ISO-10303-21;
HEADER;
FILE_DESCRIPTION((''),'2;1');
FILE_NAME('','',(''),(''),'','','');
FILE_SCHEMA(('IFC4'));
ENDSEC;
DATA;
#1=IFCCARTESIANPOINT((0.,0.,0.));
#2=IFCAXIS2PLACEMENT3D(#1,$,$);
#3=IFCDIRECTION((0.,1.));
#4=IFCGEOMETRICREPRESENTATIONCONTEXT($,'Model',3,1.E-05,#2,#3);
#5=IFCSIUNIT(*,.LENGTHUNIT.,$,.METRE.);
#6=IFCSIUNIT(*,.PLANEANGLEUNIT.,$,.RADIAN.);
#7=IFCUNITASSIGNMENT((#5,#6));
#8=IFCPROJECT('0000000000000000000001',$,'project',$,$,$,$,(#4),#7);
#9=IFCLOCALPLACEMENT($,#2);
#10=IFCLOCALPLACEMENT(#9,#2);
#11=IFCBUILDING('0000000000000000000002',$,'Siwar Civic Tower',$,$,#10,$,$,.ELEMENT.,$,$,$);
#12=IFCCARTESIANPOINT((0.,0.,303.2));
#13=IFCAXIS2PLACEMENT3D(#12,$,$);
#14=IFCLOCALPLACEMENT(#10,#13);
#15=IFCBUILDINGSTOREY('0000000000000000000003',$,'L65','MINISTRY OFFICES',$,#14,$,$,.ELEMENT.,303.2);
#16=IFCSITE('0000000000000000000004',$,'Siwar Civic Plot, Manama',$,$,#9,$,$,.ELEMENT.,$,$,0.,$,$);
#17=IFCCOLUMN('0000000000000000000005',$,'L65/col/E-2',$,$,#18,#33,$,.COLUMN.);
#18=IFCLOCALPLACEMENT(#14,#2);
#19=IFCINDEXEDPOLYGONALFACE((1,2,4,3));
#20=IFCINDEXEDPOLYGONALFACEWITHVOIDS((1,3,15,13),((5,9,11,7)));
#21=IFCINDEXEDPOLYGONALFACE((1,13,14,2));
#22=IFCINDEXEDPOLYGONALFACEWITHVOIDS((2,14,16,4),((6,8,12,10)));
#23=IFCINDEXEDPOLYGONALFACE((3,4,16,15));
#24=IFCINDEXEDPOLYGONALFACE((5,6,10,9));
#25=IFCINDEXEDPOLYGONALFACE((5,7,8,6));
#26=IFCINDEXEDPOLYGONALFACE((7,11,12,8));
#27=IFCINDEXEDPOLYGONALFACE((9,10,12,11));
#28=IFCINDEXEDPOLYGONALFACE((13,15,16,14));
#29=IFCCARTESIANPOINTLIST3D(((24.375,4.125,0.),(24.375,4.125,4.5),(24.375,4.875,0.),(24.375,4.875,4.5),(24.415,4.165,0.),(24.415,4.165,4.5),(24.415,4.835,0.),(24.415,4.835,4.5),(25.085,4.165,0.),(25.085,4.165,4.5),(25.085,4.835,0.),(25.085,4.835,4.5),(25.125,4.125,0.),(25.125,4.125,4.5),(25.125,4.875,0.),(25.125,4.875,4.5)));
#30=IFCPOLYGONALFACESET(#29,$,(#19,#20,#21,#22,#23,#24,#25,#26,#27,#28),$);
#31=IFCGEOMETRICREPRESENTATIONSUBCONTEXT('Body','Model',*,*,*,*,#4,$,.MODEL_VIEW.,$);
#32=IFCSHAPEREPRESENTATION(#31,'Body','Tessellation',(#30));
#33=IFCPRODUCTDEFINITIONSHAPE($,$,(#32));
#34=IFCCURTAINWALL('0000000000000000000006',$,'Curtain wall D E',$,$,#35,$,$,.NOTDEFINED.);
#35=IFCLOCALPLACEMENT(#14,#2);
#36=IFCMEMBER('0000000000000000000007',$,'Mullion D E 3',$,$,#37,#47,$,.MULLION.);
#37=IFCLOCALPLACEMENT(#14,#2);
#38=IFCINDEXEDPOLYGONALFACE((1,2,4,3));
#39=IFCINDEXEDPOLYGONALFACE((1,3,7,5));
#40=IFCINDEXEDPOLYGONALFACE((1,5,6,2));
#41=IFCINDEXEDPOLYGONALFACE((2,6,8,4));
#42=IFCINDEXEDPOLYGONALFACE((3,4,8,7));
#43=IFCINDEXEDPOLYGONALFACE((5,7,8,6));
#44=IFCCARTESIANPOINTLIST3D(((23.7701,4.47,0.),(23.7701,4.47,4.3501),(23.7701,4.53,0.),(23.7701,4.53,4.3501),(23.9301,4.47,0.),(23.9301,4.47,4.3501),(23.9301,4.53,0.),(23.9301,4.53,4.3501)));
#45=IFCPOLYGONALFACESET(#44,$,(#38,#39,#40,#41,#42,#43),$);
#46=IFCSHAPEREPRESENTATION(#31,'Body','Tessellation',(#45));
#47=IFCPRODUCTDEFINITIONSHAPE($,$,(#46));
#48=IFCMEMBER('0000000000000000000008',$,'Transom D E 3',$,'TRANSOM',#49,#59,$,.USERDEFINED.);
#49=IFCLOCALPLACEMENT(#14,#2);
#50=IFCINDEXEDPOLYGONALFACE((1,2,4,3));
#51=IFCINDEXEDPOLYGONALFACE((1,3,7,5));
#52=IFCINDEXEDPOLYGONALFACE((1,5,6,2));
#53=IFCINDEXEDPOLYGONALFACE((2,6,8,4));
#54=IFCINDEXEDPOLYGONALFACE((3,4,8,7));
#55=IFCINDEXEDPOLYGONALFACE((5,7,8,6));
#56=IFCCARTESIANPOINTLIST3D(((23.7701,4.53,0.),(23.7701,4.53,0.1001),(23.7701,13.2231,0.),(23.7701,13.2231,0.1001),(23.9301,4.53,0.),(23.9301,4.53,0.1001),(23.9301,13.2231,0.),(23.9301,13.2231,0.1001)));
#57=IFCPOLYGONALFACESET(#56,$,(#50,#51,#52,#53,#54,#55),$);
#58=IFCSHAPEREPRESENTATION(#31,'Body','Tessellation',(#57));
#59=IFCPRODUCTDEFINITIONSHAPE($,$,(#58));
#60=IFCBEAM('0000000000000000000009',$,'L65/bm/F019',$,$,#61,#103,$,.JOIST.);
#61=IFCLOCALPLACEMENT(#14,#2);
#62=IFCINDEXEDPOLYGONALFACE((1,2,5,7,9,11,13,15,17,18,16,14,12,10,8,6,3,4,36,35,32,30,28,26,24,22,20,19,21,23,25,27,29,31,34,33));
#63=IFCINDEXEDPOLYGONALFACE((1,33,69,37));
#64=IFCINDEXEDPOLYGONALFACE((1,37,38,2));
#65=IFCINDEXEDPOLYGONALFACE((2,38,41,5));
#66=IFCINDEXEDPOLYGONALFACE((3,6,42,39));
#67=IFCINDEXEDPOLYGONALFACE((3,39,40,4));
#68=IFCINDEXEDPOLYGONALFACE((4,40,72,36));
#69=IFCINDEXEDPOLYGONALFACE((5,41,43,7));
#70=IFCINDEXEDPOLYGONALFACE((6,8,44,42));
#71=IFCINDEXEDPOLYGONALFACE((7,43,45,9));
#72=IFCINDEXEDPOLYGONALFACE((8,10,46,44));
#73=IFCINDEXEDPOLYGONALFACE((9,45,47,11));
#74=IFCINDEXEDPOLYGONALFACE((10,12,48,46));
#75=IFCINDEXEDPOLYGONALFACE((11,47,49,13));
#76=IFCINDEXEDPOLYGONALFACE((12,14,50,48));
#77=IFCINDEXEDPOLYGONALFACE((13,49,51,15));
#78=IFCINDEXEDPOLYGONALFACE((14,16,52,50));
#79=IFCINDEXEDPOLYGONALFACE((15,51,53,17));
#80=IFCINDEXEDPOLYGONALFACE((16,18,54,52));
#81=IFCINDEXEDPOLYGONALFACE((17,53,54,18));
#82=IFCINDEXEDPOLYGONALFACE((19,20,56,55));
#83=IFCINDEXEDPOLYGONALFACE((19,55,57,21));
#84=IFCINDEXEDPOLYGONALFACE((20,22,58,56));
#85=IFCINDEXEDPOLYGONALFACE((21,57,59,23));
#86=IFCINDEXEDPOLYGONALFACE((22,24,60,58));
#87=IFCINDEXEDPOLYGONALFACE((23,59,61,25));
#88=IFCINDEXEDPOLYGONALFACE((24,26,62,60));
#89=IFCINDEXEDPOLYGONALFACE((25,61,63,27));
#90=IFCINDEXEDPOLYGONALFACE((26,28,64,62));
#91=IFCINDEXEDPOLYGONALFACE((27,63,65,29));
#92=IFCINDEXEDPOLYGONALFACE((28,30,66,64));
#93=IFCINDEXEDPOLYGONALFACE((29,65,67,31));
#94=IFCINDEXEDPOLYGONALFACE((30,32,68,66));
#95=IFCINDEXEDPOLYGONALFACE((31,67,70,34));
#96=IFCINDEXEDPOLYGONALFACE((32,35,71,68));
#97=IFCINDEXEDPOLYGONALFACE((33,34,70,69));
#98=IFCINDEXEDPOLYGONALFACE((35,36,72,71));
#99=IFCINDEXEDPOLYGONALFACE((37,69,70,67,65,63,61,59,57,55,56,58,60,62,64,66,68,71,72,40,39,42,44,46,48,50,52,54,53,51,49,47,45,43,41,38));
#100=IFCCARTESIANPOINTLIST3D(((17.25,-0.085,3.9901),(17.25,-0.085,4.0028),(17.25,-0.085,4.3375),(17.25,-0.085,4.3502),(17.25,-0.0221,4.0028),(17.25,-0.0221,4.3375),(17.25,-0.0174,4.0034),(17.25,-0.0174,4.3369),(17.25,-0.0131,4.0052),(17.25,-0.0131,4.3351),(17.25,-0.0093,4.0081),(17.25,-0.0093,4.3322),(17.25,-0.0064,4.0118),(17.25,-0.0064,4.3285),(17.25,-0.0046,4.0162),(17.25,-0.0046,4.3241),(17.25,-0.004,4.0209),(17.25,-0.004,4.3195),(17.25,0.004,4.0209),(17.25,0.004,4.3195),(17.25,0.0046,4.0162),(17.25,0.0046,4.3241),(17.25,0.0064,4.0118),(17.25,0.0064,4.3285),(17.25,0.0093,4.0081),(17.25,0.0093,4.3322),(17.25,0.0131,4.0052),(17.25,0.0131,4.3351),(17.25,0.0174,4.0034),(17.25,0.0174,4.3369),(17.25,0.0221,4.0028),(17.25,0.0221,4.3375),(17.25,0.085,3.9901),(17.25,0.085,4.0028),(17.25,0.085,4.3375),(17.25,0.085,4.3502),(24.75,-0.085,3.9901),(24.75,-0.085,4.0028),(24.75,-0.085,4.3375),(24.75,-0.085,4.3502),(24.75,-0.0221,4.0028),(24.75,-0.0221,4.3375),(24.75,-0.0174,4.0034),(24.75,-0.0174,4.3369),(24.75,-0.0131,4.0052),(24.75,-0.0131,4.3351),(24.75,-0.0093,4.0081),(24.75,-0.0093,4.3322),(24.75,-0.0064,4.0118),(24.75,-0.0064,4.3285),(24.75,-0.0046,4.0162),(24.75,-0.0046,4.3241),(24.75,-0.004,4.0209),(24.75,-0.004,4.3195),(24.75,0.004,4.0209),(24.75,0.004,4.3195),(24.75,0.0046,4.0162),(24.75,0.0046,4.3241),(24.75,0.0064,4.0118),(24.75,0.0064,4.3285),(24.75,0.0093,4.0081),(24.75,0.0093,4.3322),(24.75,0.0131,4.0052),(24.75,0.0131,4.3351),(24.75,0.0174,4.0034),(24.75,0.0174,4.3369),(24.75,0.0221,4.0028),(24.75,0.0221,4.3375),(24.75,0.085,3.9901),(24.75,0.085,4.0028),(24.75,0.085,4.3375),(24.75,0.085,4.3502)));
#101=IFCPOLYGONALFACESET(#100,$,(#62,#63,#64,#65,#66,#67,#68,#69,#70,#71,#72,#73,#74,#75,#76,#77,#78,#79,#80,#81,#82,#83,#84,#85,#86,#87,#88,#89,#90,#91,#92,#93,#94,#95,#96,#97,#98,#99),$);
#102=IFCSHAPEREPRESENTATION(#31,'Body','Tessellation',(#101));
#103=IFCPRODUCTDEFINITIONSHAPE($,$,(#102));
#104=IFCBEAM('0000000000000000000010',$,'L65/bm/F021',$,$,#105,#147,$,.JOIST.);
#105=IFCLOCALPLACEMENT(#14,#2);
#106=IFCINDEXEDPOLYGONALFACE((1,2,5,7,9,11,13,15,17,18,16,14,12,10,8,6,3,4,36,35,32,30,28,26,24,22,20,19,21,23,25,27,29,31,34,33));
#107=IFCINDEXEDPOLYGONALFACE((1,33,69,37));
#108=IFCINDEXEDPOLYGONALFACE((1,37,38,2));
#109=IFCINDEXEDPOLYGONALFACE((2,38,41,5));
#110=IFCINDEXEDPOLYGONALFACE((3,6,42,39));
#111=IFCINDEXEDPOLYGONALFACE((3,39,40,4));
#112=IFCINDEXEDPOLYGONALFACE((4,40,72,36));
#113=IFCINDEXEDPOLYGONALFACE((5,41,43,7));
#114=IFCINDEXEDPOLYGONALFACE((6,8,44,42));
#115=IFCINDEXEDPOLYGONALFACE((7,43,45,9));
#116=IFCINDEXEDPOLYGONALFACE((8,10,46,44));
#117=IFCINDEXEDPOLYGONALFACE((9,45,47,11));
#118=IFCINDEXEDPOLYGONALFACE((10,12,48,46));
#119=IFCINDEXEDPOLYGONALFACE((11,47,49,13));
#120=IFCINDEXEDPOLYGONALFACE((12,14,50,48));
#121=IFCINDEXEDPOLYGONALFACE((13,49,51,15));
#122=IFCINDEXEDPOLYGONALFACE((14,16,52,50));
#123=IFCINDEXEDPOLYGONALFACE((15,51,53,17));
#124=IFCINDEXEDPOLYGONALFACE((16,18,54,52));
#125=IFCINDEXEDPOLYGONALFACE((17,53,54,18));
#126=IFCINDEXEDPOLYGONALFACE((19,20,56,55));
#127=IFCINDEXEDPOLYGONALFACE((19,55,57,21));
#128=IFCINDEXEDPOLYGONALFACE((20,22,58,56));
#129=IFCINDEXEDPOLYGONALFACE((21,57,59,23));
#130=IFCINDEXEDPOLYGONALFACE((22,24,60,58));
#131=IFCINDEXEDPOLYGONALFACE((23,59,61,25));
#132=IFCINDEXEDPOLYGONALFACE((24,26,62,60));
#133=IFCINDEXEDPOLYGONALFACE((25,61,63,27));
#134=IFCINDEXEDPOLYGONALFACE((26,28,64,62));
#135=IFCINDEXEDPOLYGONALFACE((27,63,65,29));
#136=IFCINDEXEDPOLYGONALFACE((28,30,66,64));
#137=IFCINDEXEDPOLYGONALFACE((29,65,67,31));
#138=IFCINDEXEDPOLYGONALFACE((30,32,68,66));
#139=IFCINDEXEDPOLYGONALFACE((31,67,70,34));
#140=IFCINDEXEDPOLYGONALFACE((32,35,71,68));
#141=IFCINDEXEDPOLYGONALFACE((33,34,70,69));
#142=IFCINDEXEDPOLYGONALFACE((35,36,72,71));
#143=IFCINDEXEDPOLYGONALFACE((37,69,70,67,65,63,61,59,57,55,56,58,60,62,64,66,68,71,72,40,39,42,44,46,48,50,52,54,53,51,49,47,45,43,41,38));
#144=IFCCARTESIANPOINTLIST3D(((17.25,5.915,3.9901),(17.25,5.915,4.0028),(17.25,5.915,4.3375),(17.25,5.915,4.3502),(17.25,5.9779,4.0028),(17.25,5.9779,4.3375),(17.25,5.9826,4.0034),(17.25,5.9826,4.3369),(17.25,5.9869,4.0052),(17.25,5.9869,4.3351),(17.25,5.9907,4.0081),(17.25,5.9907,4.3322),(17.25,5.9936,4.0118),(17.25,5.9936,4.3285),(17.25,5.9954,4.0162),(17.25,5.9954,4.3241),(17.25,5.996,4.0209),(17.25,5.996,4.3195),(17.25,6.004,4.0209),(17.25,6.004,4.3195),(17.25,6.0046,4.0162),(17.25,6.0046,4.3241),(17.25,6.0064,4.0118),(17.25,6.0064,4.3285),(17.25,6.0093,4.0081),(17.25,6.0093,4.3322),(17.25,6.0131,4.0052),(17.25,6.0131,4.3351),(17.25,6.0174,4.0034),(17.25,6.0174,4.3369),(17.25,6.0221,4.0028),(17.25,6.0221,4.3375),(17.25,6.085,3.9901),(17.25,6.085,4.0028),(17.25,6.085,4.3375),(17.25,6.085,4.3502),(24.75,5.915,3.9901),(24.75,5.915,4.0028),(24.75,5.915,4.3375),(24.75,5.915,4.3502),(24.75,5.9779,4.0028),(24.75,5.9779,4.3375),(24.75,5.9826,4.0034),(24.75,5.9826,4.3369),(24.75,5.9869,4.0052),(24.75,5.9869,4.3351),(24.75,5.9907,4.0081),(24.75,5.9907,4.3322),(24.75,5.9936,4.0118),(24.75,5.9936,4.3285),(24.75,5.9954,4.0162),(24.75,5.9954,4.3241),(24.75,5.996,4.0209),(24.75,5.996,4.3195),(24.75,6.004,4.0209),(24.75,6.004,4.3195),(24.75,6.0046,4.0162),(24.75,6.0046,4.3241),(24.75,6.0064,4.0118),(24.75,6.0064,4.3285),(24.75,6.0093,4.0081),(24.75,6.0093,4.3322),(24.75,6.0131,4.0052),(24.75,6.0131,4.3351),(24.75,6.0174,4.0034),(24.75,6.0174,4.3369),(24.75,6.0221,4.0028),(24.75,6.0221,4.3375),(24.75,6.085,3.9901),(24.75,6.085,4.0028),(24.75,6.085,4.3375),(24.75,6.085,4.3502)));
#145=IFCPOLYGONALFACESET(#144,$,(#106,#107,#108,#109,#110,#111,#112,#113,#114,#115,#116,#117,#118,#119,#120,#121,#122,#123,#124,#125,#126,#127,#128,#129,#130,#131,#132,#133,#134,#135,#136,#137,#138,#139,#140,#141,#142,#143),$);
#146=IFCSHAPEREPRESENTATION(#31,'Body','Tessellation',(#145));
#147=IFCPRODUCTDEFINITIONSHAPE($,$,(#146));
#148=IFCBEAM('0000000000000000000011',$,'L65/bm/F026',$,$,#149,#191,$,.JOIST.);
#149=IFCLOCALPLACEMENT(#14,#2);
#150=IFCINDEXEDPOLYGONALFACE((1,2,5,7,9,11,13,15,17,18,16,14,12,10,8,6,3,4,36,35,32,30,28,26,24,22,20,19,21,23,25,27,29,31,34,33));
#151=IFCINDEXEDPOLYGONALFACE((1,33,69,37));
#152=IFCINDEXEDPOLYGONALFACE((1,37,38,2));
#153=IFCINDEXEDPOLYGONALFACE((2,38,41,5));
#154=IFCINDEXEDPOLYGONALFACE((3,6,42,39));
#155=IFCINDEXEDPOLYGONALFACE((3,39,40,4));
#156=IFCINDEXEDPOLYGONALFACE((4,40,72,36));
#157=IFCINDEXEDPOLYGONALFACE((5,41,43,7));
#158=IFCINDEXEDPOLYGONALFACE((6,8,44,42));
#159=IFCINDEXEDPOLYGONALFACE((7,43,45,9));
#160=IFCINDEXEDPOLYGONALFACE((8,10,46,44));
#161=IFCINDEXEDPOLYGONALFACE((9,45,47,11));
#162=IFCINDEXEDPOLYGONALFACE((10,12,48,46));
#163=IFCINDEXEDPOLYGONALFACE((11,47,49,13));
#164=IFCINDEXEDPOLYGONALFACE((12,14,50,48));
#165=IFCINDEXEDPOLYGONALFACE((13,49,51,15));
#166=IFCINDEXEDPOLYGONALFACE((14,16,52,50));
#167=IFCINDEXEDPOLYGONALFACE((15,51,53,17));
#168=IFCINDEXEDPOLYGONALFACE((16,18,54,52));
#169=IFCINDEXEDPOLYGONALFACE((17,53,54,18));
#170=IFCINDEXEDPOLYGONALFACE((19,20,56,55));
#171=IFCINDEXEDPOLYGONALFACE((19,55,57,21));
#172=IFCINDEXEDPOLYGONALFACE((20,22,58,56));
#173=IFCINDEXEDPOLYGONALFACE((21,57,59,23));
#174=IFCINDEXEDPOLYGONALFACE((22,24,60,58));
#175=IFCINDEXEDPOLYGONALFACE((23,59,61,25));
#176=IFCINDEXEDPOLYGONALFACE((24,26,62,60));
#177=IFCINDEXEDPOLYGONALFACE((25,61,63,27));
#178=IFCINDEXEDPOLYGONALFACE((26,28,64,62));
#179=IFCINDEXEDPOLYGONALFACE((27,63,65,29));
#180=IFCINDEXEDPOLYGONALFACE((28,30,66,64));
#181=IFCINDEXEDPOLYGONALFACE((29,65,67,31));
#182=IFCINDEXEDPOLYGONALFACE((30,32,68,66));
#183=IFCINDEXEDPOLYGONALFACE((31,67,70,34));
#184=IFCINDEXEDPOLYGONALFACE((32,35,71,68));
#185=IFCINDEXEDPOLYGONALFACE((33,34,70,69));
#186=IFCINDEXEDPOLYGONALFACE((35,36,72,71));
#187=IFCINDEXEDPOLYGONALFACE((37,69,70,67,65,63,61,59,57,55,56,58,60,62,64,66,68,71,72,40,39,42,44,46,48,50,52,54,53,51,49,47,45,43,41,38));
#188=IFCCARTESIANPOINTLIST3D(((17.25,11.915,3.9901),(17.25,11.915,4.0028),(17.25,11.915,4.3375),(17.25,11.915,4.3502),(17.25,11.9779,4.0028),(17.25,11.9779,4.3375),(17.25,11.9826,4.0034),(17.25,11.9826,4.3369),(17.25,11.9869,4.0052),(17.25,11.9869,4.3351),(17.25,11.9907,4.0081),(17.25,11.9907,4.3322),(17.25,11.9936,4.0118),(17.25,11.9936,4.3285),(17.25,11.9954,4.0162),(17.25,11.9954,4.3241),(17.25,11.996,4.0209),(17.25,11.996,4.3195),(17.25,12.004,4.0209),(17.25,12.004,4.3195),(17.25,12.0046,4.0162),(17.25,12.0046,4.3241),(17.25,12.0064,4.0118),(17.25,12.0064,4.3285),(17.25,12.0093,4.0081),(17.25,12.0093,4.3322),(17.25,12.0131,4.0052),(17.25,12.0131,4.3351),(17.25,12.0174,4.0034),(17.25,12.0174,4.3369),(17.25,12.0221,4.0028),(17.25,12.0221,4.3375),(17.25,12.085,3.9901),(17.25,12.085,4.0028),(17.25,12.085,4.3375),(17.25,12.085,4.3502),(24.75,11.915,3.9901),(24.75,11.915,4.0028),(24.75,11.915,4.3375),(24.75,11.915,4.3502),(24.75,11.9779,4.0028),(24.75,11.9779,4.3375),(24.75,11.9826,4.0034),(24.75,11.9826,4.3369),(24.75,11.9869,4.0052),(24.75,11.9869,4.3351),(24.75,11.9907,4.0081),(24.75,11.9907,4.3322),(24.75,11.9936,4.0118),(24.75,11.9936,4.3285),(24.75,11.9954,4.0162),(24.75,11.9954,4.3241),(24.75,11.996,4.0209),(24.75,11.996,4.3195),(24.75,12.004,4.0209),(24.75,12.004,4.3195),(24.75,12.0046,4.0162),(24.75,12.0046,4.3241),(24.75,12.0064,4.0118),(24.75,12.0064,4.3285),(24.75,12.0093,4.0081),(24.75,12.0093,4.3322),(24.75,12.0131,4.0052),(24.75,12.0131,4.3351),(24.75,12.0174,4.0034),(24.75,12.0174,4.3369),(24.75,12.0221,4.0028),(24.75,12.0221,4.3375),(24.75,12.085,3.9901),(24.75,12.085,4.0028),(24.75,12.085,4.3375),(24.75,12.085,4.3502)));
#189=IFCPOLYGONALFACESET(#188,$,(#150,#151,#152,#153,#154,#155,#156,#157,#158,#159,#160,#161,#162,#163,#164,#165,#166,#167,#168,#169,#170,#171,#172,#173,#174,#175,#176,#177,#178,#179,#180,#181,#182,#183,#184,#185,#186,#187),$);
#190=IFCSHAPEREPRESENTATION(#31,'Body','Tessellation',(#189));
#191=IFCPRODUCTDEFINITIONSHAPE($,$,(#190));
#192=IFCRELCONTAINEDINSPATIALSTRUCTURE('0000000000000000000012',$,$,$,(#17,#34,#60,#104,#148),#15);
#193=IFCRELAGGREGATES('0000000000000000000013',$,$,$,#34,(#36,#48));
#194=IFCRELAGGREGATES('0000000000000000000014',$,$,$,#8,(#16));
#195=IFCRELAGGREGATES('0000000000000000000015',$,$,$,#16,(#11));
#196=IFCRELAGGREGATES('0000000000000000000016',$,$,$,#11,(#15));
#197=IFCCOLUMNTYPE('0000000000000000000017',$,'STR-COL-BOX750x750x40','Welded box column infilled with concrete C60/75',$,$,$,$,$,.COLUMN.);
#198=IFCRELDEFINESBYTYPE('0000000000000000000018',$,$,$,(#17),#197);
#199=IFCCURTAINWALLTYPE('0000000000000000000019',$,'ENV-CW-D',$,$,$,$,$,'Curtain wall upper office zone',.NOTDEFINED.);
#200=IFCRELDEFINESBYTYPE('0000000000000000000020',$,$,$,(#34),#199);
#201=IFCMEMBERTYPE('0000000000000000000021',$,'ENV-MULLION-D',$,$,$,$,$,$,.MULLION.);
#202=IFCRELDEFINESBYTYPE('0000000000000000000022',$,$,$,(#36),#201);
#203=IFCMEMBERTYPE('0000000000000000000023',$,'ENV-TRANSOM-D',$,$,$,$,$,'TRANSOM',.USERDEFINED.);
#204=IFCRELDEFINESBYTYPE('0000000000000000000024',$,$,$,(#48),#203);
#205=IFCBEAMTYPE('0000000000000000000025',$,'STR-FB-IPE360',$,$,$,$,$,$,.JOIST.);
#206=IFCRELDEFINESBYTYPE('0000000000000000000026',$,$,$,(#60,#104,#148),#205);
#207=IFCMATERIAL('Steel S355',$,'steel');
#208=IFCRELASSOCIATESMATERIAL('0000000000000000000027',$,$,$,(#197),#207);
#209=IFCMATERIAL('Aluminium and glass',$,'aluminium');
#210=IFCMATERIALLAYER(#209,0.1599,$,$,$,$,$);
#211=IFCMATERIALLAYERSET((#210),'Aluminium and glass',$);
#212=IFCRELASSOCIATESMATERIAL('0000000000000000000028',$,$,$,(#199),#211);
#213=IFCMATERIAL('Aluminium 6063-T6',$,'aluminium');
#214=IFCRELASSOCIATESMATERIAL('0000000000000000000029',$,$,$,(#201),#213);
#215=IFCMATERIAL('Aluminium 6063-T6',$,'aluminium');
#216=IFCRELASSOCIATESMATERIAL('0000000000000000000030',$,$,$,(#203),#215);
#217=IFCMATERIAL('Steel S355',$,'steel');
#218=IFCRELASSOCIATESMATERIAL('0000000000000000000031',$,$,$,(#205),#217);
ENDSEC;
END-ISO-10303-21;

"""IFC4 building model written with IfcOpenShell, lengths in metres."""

from ifc_helpers import new_model, si_unit, direction, frame, origin, origin_2d, place, context, subcontext, project, spatial, rectangle, hollow_rectangle, i_section, extrude, material, layer, layer_set, material_profile, profile_set, type_object, element, aggregate, save


model = new_model("IFC4")

# Units and contexts
model_context = context("Model", 3, precision=1e-05, world=origin(), true_north=direction((0.0, 1.0)))
body_context = subcontext(model_context, "Body", "Model", "MODEL_VIEW")
ifc_project = project(units=[si_unit("LENGTHUNIT", "METRE"), si_unit("PLANEANGLEUNIT", "RADIAN")], contexts=[model_context])

# Site, building, storey
site_placement = place(None, origin())
site = spatial("IfcSite", under=ifc_project, at=site_placement, Name="Siwar Civic Plot, Manama", CompositionType="ELEMENT", RefElevation=0.0)
building_placement = place(site_placement, origin())
building = spatial("IfcBuilding", under=site, at=building_placement, Name="Siwar Civic Tower", CompositionType="ELEMENT")
storey_placement = place(building_placement, frame((0.0, 0.0, 303.2)))
storey = spatial("IfcBuildingStorey", under=building, at=storey_placement, Name="L65", Description="MINISTRY OFFICES", CompositionType="ELEMENT", Elevation=303.2)

# Column
ifc_material_1 = material(Name="Steel S355", Category="steel")
ifc_material_profile_1 = material_profile(ifc_material_1, hollow_rectangle(XDim=0.75, YDim=0.75, WallThickness=0.04, at=origin_2d()), Name="BOX750x750x40")
ifc_profile_set_1 = profile_set([ifc_material_profile_1], Name="Steel S355")
column_type = type_object("IfcColumnType", Name="STR-COL-BOX750x750x40", Description="Welded box column infilled with concrete C60/75", PredefinedType="COLUMN", material=ifc_profile_set_1)
column_placement = place(storey_placement, frame((24.75, 4.5, 0.0), z_axis=(0.0, 0.0, 1.0), x_axis=(1.0, 0.0, 0.0)))
element("IfcColumn", 1, at=column_placement, inside=storey, type_object=column_type, Name="L65/col/E-2", PredefinedType="COLUMN", context=body_context, shape_type="SweptSolid", body=[
    extrude(hollow_rectangle(XDim=0.75, YDim=0.75, WallThickness=0.04, at=origin_2d()), origin(), (0.0, 0.0, 1.0), 4.5),
])

# Curtain wall, members
ifc_material_2 = material(Name="Aluminium and glass", Category="aluminium")
ifc_layer_1 = layer(ifc_material_2, 0.1599)
ifc_layer_set_1 = layer_set([ifc_layer_1], Name="Aluminium and glass")
curtain_wall_type = type_object("IfcCurtainWallType", Name="ENV-CW-D", ElementType="Curtain wall upper office zone", PredefinedType="NOTDEFINED", material=ifc_layer_set_1)
curtain_wall_placement = place(storey_placement, origin())
curtain_wall = element("IfcCurtainWall", 2, at=curtain_wall_placement, inside=storey, type_object=curtain_wall_type, Name="Curtain wall D E", PredefinedType="NOTDEFINED")
ifc_material_3 = material(Name="Aluminium 6063-T6", Category="aluminium")
ifc_material_profile_2 = material_profile(ifc_material_3, rectangle(XDim=0.1599, YDim=0.0601, at=origin_2d()), Name="AL 160x60")
ifc_profile_set_2 = profile_set([ifc_material_profile_2], Name="Aluminium 6063-T6")
member_type_1 = type_object("IfcMemberType", Name="ENV-MULLION-D", PredefinedType="MULLION", material=ifc_profile_set_2)
member_1_placement = place(storey_placement, frame((23.8501, 4.5, 0.0), z_axis=(0.0, 0.0, 1.0), x_axis=(-1.0, 0.0, 0.0)))
member_1 = element("IfcMember", 3, at=member_1_placement, type_object=member_type_1, Name="Mullion D E 3", PredefinedType="MULLION", context=body_context, shape_type="SweptSolid", body=[
    extrude(rectangle(XDim=0.1599, YDim=0.0601, at=origin_2d()), origin(), (0.0, 0.0, 1.0), 4.3501),
])
ifc_material_4 = material(Name="Aluminium 6063-T6", Category="aluminium")
ifc_material_profile_3 = material_profile(ifc_material_4, rectangle(XDim=0.1599, YDim=0.1001, at=origin_2d()), Name="AL 160x100")
ifc_profile_set_3 = profile_set([ifc_material_profile_3], Name="Aluminium 6063-T6")
member_type_2 = type_object("IfcMemberType", Name="ENV-TRANSOM-D", ElementType="TRANSOM", PredefinedType="USERDEFINED", material=ifc_profile_set_3)
member_2_placement = place(storey_placement, frame((23.8501, 4.53, 0.05), z_axis=(0.0, 1.0, 0.0), x_axis=(-1.0, 0.0, 0.0)))
member_2 = element("IfcMember", 4, at=member_2_placement, type_object=member_type_2, Name="Transom D E 3", ObjectType="TRANSOM", PredefinedType="USERDEFINED", context=body_context, shape_type="SweptSolid", body=[
    extrude(rectangle(XDim=0.1599, YDim=0.1001, at=origin_2d()), origin(), (0.0, 0.0, 1.0), 8.6931),
])

# Beams
ifc_material_5 = material(Name="Steel S355", Category="steel")
ifc_material_profile_4 = material_profile(ifc_material_5, i_section(OverallWidth=0.1699, OverallDepth=0.3601, WebThickness=0.0081, FlangeThickness=0.0127, FilletRadius=0.0181, at=origin_2d()), Name="IPE360")
ifc_profile_set_4 = profile_set([ifc_material_profile_4], Name="Steel S355")
beam_type_1 = type_object("IfcBeamType", Name="STR-FB-IPE360", PredefinedType="JOIST", material=ifc_profile_set_4)
for number, where, z_axis, x_axis, name in (
    (5, (17.25, 0.0, 4.1702), (1.0, 0.0, 0.0), (0.0, 1.0, 0.0), "L65/bm/F019"),
    (6, (17.25, 6.0, 4.1702), (1.0, 0.0, 0.0), (0.0, 1.0, 0.0), "L65/bm/F021"),
    (7, (17.25, 12.0, 4.1702), (1.0, 0.0, 0.0), (0.0, 1.0, 0.0), "L65/bm/F026"),
):
    element("IfcBeam", number, at=place(storey_placement, frame(where, z_axis=z_axis, x_axis=x_axis)), inside=storey, type_object=beam_type_1, Name=name, PredefinedType="JOIST", context=body_context, shape_type="SweptSolid", body=[
        extrude(i_section(OverallWidth=0.1699, OverallDepth=0.3601, WebThickness=0.0081, FlangeThickness=0.0127, FilletRadius=0.0181, at=origin_2d()), origin(), (0.0, 0.0, 1.0), 7.5),
    ])

aggregate(curtain_wall, [member_1, member_2])

save(model, "model.ifc")
